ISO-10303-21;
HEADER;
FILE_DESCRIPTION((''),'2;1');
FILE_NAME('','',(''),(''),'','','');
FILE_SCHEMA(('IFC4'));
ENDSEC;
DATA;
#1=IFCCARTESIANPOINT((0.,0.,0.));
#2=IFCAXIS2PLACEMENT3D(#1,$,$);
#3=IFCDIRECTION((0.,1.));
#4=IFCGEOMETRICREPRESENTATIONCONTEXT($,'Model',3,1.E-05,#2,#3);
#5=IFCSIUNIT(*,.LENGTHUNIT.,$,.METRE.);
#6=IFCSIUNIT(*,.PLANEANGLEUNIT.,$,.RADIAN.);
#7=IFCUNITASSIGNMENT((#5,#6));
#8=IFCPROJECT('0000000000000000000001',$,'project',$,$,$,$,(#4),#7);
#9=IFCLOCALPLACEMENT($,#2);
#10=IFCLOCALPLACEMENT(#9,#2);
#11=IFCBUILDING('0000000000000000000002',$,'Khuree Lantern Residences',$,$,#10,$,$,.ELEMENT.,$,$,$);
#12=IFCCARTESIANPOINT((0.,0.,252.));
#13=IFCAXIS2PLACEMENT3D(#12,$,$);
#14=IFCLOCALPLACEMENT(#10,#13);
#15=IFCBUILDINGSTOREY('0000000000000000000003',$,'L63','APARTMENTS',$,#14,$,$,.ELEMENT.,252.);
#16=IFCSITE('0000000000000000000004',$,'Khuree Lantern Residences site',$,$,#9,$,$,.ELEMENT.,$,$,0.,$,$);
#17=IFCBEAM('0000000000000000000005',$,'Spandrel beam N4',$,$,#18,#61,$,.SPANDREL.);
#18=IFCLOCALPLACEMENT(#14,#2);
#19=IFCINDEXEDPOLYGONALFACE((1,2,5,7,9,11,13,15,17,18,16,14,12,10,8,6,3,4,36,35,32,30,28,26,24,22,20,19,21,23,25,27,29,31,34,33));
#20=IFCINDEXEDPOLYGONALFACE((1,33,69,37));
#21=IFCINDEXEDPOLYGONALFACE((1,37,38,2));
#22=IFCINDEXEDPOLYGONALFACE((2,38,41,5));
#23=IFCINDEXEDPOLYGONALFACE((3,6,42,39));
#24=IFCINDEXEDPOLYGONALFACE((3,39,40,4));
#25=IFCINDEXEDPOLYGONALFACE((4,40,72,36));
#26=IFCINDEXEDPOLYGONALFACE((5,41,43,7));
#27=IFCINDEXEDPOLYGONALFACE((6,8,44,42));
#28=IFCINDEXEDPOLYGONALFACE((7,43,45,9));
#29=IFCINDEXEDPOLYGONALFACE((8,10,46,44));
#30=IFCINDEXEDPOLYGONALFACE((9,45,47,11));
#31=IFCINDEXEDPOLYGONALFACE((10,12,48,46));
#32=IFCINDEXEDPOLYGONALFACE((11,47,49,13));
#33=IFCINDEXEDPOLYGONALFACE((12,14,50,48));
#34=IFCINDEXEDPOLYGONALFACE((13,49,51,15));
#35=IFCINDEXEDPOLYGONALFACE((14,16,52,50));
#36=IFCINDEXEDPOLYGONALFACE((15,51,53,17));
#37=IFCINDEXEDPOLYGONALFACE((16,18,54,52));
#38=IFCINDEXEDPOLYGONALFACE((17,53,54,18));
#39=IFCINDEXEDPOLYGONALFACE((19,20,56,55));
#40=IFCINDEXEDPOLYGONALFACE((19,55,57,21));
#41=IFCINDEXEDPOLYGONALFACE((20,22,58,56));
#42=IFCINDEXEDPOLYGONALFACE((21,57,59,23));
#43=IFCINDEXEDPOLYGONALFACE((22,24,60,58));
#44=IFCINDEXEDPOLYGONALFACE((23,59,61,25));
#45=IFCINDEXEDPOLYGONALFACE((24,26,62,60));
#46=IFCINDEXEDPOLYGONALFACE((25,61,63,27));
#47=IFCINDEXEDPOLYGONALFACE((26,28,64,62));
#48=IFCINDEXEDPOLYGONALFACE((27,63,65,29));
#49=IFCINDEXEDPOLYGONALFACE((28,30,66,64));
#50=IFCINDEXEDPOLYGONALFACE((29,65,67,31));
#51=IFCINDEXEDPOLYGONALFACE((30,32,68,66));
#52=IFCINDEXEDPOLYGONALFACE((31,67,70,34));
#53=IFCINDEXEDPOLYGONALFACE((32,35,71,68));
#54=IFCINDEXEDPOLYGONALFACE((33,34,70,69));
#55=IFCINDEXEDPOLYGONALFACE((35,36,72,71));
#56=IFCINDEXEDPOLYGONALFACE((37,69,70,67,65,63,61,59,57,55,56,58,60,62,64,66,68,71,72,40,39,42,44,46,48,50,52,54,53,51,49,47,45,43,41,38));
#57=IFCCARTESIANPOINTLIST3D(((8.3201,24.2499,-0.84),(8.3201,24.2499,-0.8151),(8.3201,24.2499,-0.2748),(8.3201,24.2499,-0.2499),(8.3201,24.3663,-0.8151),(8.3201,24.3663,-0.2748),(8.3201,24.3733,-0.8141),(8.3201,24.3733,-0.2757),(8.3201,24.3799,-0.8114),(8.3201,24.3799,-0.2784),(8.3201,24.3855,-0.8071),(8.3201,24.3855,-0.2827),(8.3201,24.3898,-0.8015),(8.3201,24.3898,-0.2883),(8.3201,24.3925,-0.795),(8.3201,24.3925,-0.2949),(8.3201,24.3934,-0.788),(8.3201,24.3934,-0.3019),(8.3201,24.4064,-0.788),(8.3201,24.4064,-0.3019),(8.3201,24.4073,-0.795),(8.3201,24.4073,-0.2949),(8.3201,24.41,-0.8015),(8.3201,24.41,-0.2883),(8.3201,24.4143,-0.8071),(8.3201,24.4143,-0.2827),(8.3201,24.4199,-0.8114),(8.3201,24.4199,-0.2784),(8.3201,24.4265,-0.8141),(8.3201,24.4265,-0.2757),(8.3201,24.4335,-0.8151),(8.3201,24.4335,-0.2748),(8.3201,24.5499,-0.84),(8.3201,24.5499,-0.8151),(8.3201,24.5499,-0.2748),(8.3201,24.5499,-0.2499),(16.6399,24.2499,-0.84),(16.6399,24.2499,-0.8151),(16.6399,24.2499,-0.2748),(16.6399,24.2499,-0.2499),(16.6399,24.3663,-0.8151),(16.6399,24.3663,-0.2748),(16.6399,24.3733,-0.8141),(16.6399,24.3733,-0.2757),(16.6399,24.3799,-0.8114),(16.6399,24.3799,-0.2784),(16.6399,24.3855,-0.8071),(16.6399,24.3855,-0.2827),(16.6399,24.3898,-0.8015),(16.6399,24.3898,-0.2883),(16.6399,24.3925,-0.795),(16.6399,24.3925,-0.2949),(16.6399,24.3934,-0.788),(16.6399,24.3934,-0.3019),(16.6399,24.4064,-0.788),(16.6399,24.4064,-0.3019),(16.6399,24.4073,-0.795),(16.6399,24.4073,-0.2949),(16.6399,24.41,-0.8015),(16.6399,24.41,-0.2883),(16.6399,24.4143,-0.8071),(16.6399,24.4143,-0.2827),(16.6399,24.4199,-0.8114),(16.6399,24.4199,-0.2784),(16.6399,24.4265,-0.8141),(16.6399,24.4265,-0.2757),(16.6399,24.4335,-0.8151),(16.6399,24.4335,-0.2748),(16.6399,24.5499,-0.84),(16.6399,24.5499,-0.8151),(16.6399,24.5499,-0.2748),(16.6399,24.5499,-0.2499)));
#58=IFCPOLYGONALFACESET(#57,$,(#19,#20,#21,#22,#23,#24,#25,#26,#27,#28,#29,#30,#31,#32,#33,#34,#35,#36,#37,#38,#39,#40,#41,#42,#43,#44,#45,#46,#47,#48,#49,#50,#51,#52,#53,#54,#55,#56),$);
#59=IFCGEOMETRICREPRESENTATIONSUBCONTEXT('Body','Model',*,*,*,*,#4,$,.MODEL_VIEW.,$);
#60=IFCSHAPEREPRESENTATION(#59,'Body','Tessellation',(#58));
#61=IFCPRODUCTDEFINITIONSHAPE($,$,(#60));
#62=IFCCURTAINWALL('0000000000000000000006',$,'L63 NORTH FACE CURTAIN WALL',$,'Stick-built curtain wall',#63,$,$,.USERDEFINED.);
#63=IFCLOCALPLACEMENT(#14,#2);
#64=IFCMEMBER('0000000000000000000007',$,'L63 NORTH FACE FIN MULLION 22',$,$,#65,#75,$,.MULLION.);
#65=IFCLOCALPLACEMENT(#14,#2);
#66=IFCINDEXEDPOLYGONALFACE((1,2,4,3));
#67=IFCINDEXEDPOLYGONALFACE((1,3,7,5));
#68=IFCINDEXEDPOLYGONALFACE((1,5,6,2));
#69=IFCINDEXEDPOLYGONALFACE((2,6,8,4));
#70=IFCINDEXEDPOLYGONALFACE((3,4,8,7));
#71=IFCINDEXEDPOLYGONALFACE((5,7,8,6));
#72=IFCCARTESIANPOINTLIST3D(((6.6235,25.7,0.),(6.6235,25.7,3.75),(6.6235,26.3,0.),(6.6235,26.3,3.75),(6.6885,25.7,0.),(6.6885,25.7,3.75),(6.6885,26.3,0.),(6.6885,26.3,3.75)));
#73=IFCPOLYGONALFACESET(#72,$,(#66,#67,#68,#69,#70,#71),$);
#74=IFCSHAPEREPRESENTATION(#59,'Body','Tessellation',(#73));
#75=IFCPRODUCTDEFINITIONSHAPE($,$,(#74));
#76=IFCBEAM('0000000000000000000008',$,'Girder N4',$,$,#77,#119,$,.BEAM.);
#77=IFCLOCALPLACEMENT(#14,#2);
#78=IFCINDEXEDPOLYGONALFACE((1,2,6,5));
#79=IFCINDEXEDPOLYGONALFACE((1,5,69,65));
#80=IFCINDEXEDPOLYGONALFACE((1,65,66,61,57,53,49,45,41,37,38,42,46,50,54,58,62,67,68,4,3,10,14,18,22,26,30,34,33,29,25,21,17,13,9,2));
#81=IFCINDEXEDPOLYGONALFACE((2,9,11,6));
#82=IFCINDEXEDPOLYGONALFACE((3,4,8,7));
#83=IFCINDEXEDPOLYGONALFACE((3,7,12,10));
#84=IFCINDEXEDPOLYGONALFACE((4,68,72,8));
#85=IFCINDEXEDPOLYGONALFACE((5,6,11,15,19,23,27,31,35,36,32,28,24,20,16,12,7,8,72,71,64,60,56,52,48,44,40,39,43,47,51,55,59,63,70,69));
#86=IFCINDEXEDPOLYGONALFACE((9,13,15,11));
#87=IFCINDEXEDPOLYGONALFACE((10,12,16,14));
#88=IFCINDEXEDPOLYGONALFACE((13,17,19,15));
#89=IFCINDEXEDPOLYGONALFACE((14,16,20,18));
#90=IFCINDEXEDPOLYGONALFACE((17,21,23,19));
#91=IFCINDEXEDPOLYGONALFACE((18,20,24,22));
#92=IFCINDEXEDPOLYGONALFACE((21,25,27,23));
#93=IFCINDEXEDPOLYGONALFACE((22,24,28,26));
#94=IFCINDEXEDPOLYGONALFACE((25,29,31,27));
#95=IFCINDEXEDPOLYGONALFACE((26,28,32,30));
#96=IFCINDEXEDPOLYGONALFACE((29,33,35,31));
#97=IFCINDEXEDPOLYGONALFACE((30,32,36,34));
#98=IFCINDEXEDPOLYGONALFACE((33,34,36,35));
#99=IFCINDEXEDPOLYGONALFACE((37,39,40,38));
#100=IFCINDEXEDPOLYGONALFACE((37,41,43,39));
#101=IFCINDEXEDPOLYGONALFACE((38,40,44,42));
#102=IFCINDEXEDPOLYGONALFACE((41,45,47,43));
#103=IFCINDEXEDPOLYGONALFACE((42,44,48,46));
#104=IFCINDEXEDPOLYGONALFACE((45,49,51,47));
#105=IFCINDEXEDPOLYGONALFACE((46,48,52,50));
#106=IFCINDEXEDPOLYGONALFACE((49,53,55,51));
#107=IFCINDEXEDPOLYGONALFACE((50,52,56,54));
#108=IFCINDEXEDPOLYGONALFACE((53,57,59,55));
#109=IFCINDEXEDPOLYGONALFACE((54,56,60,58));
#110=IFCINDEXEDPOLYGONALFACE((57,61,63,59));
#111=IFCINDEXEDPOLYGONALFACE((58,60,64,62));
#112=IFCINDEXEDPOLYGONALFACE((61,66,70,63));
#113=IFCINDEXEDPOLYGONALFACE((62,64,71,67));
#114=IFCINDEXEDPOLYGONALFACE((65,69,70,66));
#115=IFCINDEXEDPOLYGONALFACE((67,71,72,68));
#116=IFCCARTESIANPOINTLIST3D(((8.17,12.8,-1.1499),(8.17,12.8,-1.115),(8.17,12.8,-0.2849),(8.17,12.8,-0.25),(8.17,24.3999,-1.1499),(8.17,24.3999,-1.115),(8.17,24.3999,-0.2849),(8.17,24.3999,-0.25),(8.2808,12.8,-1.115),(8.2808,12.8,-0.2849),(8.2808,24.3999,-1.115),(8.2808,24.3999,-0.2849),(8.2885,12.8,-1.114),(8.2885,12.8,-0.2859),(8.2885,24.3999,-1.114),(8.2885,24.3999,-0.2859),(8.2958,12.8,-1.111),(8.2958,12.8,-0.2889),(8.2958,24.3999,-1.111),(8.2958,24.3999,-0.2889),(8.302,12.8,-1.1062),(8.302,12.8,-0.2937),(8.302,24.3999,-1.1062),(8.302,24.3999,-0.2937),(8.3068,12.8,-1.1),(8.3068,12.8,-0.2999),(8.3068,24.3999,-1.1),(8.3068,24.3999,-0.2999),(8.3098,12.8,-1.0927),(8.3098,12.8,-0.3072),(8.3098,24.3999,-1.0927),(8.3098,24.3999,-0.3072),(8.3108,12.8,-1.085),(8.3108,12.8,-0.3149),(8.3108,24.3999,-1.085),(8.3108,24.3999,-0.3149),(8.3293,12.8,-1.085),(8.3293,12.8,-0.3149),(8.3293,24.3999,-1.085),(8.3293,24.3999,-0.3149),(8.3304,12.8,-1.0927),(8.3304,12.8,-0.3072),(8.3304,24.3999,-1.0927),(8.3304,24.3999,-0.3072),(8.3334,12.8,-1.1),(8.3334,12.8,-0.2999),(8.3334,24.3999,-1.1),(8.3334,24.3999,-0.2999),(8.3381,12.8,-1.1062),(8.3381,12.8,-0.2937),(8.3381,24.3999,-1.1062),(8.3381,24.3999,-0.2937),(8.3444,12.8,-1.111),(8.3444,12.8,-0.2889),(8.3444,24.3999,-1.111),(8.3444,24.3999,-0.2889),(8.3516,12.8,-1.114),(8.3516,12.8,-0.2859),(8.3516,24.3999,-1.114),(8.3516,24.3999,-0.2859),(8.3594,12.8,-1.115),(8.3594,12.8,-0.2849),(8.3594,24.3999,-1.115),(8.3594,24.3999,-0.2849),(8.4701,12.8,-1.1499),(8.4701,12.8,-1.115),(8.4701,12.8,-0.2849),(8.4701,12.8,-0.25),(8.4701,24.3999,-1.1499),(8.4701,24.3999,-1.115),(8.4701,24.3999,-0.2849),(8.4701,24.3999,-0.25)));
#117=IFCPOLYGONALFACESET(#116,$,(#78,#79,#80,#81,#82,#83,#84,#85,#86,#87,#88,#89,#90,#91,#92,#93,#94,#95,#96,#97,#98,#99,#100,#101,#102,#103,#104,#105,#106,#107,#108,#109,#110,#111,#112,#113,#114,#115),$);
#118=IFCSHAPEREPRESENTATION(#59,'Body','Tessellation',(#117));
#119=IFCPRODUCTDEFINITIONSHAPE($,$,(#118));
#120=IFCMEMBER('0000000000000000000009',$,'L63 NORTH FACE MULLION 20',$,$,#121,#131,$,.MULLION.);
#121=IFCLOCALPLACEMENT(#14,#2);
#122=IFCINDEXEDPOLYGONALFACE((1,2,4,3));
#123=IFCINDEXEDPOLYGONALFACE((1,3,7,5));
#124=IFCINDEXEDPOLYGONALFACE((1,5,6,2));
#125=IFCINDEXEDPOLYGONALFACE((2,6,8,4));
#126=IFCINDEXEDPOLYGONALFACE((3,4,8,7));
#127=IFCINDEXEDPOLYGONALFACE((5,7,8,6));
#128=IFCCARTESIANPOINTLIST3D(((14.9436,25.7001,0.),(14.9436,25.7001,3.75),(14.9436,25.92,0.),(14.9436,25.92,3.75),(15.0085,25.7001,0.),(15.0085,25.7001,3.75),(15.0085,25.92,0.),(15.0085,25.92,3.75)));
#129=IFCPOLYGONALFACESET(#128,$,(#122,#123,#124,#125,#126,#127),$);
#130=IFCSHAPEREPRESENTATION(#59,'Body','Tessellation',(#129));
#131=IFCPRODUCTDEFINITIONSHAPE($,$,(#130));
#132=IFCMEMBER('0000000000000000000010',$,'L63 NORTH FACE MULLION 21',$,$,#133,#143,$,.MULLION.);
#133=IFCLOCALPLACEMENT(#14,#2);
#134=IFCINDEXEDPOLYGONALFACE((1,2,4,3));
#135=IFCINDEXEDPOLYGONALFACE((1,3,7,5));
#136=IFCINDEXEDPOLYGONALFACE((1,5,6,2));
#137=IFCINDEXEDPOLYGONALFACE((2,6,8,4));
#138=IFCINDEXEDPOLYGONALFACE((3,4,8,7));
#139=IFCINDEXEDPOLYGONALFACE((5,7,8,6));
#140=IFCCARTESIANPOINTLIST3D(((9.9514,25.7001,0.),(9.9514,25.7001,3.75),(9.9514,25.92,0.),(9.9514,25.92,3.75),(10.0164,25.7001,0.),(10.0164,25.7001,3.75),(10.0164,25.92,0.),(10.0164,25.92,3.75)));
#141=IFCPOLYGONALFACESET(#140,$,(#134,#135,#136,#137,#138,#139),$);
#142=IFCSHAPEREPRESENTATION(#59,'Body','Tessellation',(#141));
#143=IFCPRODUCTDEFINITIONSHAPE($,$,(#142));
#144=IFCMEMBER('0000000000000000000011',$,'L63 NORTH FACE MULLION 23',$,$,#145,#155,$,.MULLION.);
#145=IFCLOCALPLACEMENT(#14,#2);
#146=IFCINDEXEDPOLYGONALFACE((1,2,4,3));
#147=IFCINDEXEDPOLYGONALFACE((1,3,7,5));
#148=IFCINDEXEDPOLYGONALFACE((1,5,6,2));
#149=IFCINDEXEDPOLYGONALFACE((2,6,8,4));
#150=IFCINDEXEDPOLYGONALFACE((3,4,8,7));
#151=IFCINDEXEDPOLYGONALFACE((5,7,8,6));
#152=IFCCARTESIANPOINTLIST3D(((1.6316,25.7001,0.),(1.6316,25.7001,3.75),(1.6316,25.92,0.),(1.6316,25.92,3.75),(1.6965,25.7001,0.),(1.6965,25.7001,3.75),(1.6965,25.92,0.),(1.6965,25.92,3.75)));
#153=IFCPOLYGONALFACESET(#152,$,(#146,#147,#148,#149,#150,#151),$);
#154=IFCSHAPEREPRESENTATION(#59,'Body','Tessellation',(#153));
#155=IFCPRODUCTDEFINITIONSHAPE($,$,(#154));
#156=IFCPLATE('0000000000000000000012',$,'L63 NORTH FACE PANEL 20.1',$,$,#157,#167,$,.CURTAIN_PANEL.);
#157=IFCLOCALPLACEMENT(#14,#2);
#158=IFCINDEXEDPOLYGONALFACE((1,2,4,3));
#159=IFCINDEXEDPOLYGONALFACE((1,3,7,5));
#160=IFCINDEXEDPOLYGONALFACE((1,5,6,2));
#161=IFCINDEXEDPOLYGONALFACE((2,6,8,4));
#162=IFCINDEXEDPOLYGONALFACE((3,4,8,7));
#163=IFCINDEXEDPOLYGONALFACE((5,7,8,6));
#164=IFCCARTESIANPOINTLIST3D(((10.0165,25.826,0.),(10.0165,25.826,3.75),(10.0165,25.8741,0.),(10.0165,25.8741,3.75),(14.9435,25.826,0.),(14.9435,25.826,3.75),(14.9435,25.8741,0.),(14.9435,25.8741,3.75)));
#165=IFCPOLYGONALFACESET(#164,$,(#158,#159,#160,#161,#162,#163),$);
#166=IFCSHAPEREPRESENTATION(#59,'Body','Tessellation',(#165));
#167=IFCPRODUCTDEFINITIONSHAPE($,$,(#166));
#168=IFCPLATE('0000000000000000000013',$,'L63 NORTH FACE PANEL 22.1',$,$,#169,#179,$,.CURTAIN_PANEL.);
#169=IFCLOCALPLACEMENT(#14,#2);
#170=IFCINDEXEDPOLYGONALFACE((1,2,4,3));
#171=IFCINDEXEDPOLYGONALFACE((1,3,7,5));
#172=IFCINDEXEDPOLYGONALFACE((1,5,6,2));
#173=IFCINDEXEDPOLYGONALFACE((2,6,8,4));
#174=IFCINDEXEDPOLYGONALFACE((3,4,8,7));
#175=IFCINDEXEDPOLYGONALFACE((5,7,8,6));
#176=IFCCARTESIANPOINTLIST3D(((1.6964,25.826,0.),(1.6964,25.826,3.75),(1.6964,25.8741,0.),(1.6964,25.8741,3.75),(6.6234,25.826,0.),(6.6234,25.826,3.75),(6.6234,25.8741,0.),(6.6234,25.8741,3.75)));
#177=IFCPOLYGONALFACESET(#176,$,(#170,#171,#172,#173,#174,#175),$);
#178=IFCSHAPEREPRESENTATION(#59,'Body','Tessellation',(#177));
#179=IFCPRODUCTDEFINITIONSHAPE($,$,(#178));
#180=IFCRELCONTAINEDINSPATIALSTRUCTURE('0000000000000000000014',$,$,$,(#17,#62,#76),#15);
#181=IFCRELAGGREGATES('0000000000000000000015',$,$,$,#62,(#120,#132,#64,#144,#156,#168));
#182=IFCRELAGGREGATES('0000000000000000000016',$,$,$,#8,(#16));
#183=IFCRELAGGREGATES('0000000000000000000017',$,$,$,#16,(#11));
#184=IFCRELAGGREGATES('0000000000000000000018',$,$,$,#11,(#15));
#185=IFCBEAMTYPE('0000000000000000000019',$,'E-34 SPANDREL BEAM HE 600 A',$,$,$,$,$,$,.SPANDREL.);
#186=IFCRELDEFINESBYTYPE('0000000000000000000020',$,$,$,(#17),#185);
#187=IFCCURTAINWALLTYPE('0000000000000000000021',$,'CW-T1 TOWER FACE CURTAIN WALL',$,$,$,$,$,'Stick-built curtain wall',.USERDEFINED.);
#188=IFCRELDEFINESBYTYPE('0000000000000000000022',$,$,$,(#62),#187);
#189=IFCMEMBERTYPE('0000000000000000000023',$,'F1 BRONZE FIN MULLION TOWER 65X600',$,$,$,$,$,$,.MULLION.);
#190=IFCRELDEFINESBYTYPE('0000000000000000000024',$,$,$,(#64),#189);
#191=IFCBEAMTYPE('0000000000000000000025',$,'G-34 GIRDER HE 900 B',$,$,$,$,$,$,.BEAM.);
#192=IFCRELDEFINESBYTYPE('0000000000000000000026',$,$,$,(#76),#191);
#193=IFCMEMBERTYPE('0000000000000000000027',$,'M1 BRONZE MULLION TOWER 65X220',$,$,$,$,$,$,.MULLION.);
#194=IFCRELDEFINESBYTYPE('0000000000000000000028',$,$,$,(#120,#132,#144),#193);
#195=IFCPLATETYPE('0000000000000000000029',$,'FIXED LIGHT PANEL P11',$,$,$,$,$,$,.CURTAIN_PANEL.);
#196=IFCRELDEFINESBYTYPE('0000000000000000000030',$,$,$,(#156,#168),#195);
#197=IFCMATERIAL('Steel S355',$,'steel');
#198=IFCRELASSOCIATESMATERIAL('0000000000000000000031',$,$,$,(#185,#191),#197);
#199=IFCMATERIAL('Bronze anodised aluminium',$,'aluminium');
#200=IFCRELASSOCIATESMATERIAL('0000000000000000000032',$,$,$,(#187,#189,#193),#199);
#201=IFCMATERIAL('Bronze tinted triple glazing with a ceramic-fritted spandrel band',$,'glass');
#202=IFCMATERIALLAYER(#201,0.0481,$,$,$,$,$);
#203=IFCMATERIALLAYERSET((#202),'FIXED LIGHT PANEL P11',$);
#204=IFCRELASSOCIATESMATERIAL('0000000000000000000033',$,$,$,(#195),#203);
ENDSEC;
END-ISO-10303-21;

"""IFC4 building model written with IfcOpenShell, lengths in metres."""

from ifc_helpers import new_model, si_unit, direction, frame, origin, origin_2d, place, context, subcontext, project, spatial, rectangle, i_section, extrude, material, layer, layer_set, material_profile, profile_set, type_object, element, aggregate, save


model = new_model("IFC4")

# Units and contexts
model_context = context("Model", 3, precision=1e-05, world=origin(), true_north=direction((0.0, 1.0)))
body_context = subcontext(model_context, "Body", "Model", "MODEL_VIEW")
ifc_project = project(units=[si_unit("LENGTHUNIT", "METRE"), si_unit("PLANEANGLEUNIT", "RADIAN")], contexts=[model_context])

# Site, building, storey
site_placement = place(None, origin())
site = spatial("IfcSite", under=ifc_project, at=site_placement, Name="Khuree Lantern Residences site", CompositionType="ELEMENT", RefElevation=0.0)
building_placement = place(site_placement, origin())
building = spatial("IfcBuilding", under=site, at=building_placement, Name="Khuree Lantern Residences", CompositionType="ELEMENT")
storey_placement = place(building_placement, frame((0.0, 0.0, 252.0)))
storey = spatial("IfcBuildingStorey", under=building, at=storey_placement, Name="L63", Description="APARTMENTS", CompositionType="ELEMENT", Elevation=252.0)

# Beam
ifc_material_1 = material(Name="Steel S355", Category="steel")
ifc_material_profile_1 = material_profile(ifc_material_1, i_section(OverallWidth=0.3, OverallDepth=0.5901, WebThickness=0.0129, FlangeThickness=0.0249, FilletRadius=0.0271, at=origin_2d()), Name="HE 600 A")
ifc_profile_set_1 = profile_set([ifc_material_profile_1], Name="Steel S355")
beam_type_1 = type_object("IfcBeamType", Name="E-34 SPANDREL BEAM HE 600 A", PredefinedType="SPANDREL", material=ifc_profile_set_1)
beam_1_placement = place(storey_placement, frame((8.3201, 24.3999, -0.5449), z_axis=(1.0, 0.0, 0.0), x_axis=(0.0, 1.0, 0.0)))
element("IfcBeam", 1, at=beam_1_placement, inside=storey, type_object=beam_type_1, Name="Spandrel beam N4", PredefinedType="SPANDREL", context=body_context, shape_type="SweptSolid", body=[
    extrude(i_section(OverallWidth=0.3, OverallDepth=0.5901, WebThickness=0.0129, FlangeThickness=0.0249, FilletRadius=0.0271, at=origin_2d()), origin(), (0.0, 0.0, 1.0), 8.3198),
])

# Curtain wall, member
ifc_material_2 = material(Name="Bronze anodised aluminium", Category="aluminium")
curtain_wall_type = type_object("IfcCurtainWallType", Name="CW-T1 TOWER FACE CURTAIN WALL", ElementType="Stick-built curtain wall", PredefinedType="USERDEFINED", material=ifc_material_2)
curtain_wall_placement = place(storey_placement, origin())
curtain_wall = element("IfcCurtainWall", 2, at=curtain_wall_placement, inside=storey, type_object=curtain_wall_type, Name="L63 NORTH FACE CURTAIN WALL", ObjectType="Stick-built curtain wall", PredefinedType="USERDEFINED")
ifc_material_profile_2 = material_profile(ifc_material_2, rectangle(XDim=0.0649, YDim=0.6001, at=origin_2d()), Name="F1 65X600")
ifc_profile_set_2 = profile_set([ifc_material_profile_2], Name="Bronze anodised aluminium")
member_type_1 = type_object("IfcMemberType", Name="F1 BRONZE FIN MULLION TOWER 65X600", PredefinedType="MULLION", material=ifc_profile_set_2)
member_1_placement = place(storey_placement, frame((6.656, 26.0, 0.0), z_axis=(0.0, 0.0, 1.0), x_axis=(-1.0, 0.0, 0.0)))
member_1 = element("IfcMember", 3, at=member_1_placement, type_object=member_type_1, Name="L63 NORTH FACE FIN MULLION 22", PredefinedType="MULLION", context=body_context, shape_type="SweptSolid", body=[
    extrude(rectangle(XDim=0.0649, YDim=0.6001, at=origin_2d()), origin(), (0.0, 0.0, 1.0), 3.75),
])

# Beam
ifc_material_profile_3 = material_profile(ifc_material_1, i_section(OverallWidth=0.3, OverallDepth=0.8999, WebThickness=0.0186, FlangeThickness=0.0349, FilletRadius=0.03, at=origin_2d()), Name="HE 900 B")
ifc_profile_set_3 = profile_set([ifc_material_profile_3], Name="Steel S355")
beam_type_2 = type_object("IfcBeamType", Name="G-34 GIRDER HE 900 B", PredefinedType="BEAM", material=ifc_profile_set_3)
beam_2_placement = place(storey_placement, frame((8.3201, 24.3999, -0.7), z_axis=(0.0, -1.0, 0.0), x_axis=(1.0, 0.0, 0.0)))
element("IfcBeam", 4, at=beam_2_placement, inside=storey, type_object=beam_type_2, Name="Girder N4", PredefinedType="BEAM", context=body_context, shape_type="SweptSolid", body=[
    extrude(i_section(OverallWidth=0.3, OverallDepth=0.8999, WebThickness=0.0186, FlangeThickness=0.0349, FilletRadius=0.03, at=origin_2d()), origin(), (0.0, 0.0, 1.0), 11.5999),
])

# Members
ifc_material_profile_4 = material_profile(ifc_material_2, rectangle(XDim=0.0649, YDim=0.22, at=origin_2d()), Name="M1 65X220")
ifc_profile_set_4 = profile_set([ifc_material_profile_4], Name="Bronze anodised aluminium")
member_type_2 = type_object("IfcMemberType", Name="M1 BRONZE MULLION TOWER 65X220", PredefinedType="MULLION", material=ifc_profile_set_4)
member_2_placement = place(storey_placement, frame((14.9761, 25.8101, 0.0), z_axis=(0.0, 0.0, 1.0), x_axis=(-1.0, 0.0, 0.0)))
member_2 = element("IfcMember", 5, at=member_2_placement, type_object=member_type_2, Name="L63 NORTH FACE MULLION 20", PredefinedType="MULLION", context=body_context, shape_type="SweptSolid", body=[
    extrude(rectangle(XDim=0.0649, YDim=0.22, at=origin_2d()), origin(), (0.0, 0.0, 1.0), 3.75),
])
member_3_placement = place(storey_placement, frame((9.9839, 25.8101, 0.0), z_axis=(0.0, 0.0, 1.0), x_axis=(-1.0, 0.0, 0.0)))
member_3 = element("IfcMember", 6, at=member_3_placement, type_object=member_type_2, Name="L63 NORTH FACE MULLION 21", PredefinedType="MULLION", context=body_context, shape_type="SweptSolid", body=[
    extrude(rectangle(XDim=0.0649, YDim=0.22, at=origin_2d()), origin(), (0.0, 0.0, 1.0), 3.75),
])
member_4_placement = place(storey_placement, frame((1.6641, 25.8101, 0.0), z_axis=(0.0, 0.0, 1.0), x_axis=(-1.0, 0.0, 0.0)))
member_4 = element("IfcMember", 7, at=member_4_placement, type_object=member_type_2, Name="L63 NORTH FACE MULLION 23", PredefinedType="MULLION", context=body_context, shape_type="SweptSolid", body=[
    extrude(rectangle(XDim=0.0649, YDim=0.22, at=origin_2d()), origin(), (0.0, 0.0, 1.0), 3.75),
])

# Plates
ifc_material_3 = material(Name="Bronze tinted triple glazing with a ceramic-fritted spandrel band", Category="glass")
ifc_layer_1 = layer(ifc_material_3, 0.0481)
ifc_layer_set_1 = layer_set([ifc_layer_1], Name="FIXED LIGHT PANEL P11")
plate_type_1 = type_object("IfcPlateType", Name="FIXED LIGHT PANEL P11", PredefinedType="CURTAIN_PANEL", material=ifc_layer_set_1)
plate_1_placement = place(storey_placement, frame((12.48, 25.8501, 0.0), z_axis=(0.0, 0.0, 1.0), x_axis=(-1.0, 0.0, 0.0)))
plate_1 = element("IfcPlate", 8, at=plate_1_placement, type_object=plate_type_1, Name="L63 NORTH FACE PANEL 20.1", PredefinedType="CURTAIN_PANEL", context=body_context, shape_type="SweptSolid", body=[
    extrude(rectangle(XDim=4.927, YDim=0.0481, at=origin_2d()), origin(), (0.0, 0.0, 1.0), 3.75),
])
plate_2_placement = place(storey_placement, frame((4.1599, 25.8501, 0.0), z_axis=(0.0, 0.0, 1.0), x_axis=(-1.0, 0.0, 0.0)))
plate_2 = element("IfcPlate", 9, at=plate_2_placement, type_object=plate_type_1, Name="L63 NORTH FACE PANEL 22.1", PredefinedType="CURTAIN_PANEL", context=body_context, shape_type="SweptSolid", body=[
    extrude(rectangle(XDim=4.927, YDim=0.0481, at=origin_2d()), origin(), (0.0, 0.0, 1.0), 3.75),
])
aggregate(curtain_wall, [member_2, member_3, member_1, member_4, plate_1, plate_2])

save(model, "model.ifc")
